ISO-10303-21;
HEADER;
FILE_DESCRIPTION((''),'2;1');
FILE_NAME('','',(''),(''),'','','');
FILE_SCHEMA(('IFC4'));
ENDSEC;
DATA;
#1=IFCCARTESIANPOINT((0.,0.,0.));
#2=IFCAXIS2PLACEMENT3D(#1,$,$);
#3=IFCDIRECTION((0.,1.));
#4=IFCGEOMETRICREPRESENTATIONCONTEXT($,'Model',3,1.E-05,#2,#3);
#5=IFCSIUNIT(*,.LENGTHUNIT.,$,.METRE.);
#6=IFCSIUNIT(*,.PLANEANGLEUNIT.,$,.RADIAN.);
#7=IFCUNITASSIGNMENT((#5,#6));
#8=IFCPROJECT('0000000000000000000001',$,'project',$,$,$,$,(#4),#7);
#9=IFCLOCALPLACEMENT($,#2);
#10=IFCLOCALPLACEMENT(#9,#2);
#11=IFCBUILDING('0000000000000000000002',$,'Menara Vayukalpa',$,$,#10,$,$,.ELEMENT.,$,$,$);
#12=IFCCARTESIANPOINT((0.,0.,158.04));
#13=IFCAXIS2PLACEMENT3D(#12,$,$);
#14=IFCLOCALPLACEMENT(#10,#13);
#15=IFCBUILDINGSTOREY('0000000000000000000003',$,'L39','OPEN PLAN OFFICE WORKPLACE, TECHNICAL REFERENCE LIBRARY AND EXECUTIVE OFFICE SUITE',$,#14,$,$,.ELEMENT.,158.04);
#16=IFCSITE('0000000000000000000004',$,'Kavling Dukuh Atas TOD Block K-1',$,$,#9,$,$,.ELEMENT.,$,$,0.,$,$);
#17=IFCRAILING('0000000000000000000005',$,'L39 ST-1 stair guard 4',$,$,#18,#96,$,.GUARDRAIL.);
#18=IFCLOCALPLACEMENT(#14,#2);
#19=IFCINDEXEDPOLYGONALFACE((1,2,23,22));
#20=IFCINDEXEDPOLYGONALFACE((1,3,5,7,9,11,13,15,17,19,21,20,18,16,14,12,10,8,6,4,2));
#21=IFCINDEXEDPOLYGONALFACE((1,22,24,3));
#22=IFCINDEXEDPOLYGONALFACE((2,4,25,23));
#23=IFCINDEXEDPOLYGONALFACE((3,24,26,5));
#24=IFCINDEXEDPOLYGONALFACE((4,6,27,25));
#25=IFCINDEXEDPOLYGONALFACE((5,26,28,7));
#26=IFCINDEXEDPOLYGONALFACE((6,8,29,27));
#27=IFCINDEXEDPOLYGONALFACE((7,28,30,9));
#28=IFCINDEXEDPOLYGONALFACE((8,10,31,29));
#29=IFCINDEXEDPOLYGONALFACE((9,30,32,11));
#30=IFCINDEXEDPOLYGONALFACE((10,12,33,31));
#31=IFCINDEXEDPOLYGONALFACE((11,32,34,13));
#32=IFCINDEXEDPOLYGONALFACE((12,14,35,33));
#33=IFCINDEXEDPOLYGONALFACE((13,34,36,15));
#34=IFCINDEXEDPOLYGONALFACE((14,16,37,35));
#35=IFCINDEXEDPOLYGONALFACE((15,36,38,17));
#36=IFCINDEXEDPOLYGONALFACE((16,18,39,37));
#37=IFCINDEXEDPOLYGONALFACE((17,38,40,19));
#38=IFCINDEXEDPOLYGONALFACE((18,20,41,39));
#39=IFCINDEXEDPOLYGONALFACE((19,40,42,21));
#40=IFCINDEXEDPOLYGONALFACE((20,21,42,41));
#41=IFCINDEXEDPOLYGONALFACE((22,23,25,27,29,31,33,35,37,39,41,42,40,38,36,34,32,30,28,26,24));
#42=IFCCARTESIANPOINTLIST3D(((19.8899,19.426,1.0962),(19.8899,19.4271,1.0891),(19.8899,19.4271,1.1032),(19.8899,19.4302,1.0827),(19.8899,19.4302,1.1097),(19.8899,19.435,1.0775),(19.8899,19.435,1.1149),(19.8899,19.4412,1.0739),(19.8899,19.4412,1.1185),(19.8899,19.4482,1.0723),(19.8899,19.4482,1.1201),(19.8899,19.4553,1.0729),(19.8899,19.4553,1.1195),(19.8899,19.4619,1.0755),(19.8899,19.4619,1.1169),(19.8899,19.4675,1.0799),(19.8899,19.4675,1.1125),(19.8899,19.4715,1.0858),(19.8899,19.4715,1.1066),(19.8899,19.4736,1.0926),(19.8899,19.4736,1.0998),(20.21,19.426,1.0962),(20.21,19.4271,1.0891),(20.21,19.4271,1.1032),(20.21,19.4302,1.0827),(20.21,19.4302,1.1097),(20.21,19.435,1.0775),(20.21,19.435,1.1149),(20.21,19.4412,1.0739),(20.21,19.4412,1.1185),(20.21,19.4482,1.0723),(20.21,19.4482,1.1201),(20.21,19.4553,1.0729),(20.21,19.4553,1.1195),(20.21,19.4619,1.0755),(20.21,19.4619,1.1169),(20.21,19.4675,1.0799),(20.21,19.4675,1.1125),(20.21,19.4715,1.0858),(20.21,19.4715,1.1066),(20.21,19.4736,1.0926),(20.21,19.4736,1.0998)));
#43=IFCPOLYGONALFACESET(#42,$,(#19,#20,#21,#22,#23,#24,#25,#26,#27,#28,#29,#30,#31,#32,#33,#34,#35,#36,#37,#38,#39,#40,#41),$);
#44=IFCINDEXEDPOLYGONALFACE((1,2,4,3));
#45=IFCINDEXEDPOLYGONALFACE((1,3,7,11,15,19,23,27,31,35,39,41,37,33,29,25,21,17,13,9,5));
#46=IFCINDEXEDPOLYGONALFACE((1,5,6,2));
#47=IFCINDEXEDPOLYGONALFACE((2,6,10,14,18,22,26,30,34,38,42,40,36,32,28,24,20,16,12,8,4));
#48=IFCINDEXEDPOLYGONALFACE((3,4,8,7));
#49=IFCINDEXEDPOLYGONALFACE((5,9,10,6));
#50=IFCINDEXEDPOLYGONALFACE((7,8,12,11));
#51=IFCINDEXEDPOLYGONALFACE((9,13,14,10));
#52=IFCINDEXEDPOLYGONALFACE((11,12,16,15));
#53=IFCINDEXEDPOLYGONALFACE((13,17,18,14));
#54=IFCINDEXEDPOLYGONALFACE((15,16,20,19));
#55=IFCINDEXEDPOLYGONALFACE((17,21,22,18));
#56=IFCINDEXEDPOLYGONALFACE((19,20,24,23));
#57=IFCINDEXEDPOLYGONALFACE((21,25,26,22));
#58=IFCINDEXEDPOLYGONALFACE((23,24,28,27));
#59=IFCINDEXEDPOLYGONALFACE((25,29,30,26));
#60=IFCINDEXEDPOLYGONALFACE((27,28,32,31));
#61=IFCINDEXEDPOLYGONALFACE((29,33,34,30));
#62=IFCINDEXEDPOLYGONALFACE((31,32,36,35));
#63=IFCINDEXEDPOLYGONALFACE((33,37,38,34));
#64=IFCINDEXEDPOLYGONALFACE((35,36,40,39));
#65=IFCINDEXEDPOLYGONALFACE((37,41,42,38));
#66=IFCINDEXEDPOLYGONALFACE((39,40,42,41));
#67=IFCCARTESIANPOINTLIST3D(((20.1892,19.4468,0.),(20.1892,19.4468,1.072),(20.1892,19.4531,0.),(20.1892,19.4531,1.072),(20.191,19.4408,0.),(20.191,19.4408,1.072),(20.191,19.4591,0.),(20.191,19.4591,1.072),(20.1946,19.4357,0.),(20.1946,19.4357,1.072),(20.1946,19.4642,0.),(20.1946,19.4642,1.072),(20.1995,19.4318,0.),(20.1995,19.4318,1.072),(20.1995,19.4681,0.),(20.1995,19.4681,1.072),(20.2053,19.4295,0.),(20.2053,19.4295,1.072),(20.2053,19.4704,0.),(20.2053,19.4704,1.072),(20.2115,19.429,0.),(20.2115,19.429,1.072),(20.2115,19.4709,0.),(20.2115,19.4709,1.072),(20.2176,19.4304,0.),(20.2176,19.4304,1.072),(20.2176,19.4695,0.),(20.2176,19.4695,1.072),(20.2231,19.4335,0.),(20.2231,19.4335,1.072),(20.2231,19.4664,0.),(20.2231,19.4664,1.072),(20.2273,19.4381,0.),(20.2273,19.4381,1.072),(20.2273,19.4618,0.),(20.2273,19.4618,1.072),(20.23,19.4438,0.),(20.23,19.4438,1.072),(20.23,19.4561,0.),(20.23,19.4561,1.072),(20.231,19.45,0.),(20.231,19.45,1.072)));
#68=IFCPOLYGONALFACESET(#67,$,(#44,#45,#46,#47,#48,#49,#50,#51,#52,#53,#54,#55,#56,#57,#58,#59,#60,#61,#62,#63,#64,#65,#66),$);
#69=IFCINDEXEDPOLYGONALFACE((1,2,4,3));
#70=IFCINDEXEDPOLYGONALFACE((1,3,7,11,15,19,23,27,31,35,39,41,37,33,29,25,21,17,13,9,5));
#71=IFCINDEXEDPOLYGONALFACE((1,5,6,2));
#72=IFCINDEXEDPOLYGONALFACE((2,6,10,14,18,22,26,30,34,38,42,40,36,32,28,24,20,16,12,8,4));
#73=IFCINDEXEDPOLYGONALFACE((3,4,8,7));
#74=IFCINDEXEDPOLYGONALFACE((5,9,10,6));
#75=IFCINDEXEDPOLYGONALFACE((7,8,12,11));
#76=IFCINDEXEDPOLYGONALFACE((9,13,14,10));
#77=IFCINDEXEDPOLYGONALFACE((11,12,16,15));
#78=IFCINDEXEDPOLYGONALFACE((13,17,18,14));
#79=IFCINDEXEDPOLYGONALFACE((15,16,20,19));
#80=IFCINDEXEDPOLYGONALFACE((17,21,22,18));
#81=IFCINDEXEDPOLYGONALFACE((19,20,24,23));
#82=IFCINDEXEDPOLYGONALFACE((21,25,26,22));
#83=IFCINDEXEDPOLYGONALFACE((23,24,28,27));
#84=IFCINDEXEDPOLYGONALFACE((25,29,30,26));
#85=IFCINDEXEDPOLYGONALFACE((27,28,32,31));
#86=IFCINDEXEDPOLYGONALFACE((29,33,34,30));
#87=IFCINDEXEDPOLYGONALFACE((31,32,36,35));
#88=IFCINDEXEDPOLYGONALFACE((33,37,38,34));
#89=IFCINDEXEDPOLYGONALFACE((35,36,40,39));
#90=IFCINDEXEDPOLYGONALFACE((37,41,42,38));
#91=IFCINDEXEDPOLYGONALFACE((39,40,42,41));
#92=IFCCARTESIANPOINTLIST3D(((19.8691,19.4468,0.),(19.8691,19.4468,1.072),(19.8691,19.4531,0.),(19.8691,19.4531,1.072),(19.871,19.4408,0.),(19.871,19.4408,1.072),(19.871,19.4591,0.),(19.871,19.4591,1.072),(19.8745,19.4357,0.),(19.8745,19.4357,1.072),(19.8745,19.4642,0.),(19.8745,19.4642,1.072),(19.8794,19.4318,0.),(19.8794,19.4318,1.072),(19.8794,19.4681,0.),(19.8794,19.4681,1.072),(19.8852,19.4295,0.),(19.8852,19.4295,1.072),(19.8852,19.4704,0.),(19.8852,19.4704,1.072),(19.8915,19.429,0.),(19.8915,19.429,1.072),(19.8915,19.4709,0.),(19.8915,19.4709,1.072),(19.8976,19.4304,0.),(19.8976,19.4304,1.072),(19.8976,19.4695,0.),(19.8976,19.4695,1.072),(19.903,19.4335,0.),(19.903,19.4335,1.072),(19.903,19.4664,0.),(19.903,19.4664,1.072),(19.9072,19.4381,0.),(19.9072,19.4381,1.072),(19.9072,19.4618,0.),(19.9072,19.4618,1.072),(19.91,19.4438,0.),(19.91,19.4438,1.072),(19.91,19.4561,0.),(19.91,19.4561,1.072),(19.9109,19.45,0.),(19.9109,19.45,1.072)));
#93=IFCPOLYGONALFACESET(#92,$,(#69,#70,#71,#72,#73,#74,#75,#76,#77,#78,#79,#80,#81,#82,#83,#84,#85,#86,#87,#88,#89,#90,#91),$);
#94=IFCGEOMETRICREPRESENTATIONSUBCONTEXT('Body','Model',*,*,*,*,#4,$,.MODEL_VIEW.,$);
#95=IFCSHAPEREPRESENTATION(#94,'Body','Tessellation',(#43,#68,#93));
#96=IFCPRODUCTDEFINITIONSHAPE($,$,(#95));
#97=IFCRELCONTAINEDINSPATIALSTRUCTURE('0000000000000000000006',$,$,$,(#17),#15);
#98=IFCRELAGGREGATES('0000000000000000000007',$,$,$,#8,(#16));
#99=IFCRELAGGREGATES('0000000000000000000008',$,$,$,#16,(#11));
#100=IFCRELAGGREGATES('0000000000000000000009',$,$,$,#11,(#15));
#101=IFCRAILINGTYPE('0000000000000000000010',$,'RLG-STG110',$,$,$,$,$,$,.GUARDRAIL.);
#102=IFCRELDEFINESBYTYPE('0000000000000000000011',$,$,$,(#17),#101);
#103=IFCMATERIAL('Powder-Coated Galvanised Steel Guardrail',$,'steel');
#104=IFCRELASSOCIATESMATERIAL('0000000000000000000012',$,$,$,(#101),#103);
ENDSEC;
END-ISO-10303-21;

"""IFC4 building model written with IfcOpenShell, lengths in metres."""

from ifc_helpers import new_model, si_unit, direction, frame, origin, origin_2d, place, context, subcontext, project, spatial, circle, extrude, material, type_object, element, save


model = new_model("IFC4")

# Units and contexts
model_context = context("Model", 3, precision=1e-05, world=origin(), true_north=direction((0.0, 1.0)))
body_context = subcontext(model_context, "Body", "Model", "MODEL_VIEW")
ifc_project = project(units=[si_unit("LENGTHUNIT", "METRE"), si_unit("PLANEANGLEUNIT", "RADIAN")], contexts=[model_context])

# Site, building, storey
site_placement = place(None, origin())
site = spatial("IfcSite", under=ifc_project, at=site_placement, Name="Kavling Dukuh Atas TOD Block K-1", CompositionType="ELEMENT", RefElevation=0.0)
building_placement = place(site_placement, origin())
building = spatial("IfcBuilding", under=site, at=building_placement, Name="Menara Vayukalpa", CompositionType="ELEMENT")
storey_placement = place(building_placement, frame((0.0, 0.0, 158.04)))
storey = spatial("IfcBuildingStorey", under=building, at=storey_placement, Name="L39", Description="OPEN PLAN OFFICE WORKPLACE, TECHNICAL REFERENCE LIBRARY AND EXECUTIVE OFFICE SUITE", CompositionType="ELEMENT", Elevation=158.04)

# Railing
ifc_material_1 = material(Name="Powder-Coated Galvanised Steel Guardrail", Category="steel")
railing_type_1 = type_object("IfcRailingType", Name="RLG-STG110", PredefinedType="GUARDRAIL", material=ifc_material_1)
railing_1_placement = place(storey_placement, frame((20.21, 19.45, 0.0)))
element("IfcRailing", 1, at=railing_1_placement, inside=storey, type_object=railing_type_1, Name="L39 ST-1 stair guard 4", PredefinedType="GUARDRAIL", context=body_context, shape_type="SweptSolid", body=[
    extrude(circle(Radius=0.0239, at=origin_2d()), frame((0.0, 0.0, 1.0962), z_axis=(-1.0, 0.0, 0.0), x_axis=(0.0, -1.0, 0.0)), (0.0, 0.0, 1.0), 0.3201),
    extrude(circle(Radius=0.021, at=origin_2d()), origin(), (0.0, 0.0, 1.0), 1.072),
    extrude(circle(Radius=0.021, at=origin_2d()), frame((-0.3201, 0.0, 0.0)), (0.0, 0.0, 1.0), 1.072),
])

save(model, "model.ifc")
